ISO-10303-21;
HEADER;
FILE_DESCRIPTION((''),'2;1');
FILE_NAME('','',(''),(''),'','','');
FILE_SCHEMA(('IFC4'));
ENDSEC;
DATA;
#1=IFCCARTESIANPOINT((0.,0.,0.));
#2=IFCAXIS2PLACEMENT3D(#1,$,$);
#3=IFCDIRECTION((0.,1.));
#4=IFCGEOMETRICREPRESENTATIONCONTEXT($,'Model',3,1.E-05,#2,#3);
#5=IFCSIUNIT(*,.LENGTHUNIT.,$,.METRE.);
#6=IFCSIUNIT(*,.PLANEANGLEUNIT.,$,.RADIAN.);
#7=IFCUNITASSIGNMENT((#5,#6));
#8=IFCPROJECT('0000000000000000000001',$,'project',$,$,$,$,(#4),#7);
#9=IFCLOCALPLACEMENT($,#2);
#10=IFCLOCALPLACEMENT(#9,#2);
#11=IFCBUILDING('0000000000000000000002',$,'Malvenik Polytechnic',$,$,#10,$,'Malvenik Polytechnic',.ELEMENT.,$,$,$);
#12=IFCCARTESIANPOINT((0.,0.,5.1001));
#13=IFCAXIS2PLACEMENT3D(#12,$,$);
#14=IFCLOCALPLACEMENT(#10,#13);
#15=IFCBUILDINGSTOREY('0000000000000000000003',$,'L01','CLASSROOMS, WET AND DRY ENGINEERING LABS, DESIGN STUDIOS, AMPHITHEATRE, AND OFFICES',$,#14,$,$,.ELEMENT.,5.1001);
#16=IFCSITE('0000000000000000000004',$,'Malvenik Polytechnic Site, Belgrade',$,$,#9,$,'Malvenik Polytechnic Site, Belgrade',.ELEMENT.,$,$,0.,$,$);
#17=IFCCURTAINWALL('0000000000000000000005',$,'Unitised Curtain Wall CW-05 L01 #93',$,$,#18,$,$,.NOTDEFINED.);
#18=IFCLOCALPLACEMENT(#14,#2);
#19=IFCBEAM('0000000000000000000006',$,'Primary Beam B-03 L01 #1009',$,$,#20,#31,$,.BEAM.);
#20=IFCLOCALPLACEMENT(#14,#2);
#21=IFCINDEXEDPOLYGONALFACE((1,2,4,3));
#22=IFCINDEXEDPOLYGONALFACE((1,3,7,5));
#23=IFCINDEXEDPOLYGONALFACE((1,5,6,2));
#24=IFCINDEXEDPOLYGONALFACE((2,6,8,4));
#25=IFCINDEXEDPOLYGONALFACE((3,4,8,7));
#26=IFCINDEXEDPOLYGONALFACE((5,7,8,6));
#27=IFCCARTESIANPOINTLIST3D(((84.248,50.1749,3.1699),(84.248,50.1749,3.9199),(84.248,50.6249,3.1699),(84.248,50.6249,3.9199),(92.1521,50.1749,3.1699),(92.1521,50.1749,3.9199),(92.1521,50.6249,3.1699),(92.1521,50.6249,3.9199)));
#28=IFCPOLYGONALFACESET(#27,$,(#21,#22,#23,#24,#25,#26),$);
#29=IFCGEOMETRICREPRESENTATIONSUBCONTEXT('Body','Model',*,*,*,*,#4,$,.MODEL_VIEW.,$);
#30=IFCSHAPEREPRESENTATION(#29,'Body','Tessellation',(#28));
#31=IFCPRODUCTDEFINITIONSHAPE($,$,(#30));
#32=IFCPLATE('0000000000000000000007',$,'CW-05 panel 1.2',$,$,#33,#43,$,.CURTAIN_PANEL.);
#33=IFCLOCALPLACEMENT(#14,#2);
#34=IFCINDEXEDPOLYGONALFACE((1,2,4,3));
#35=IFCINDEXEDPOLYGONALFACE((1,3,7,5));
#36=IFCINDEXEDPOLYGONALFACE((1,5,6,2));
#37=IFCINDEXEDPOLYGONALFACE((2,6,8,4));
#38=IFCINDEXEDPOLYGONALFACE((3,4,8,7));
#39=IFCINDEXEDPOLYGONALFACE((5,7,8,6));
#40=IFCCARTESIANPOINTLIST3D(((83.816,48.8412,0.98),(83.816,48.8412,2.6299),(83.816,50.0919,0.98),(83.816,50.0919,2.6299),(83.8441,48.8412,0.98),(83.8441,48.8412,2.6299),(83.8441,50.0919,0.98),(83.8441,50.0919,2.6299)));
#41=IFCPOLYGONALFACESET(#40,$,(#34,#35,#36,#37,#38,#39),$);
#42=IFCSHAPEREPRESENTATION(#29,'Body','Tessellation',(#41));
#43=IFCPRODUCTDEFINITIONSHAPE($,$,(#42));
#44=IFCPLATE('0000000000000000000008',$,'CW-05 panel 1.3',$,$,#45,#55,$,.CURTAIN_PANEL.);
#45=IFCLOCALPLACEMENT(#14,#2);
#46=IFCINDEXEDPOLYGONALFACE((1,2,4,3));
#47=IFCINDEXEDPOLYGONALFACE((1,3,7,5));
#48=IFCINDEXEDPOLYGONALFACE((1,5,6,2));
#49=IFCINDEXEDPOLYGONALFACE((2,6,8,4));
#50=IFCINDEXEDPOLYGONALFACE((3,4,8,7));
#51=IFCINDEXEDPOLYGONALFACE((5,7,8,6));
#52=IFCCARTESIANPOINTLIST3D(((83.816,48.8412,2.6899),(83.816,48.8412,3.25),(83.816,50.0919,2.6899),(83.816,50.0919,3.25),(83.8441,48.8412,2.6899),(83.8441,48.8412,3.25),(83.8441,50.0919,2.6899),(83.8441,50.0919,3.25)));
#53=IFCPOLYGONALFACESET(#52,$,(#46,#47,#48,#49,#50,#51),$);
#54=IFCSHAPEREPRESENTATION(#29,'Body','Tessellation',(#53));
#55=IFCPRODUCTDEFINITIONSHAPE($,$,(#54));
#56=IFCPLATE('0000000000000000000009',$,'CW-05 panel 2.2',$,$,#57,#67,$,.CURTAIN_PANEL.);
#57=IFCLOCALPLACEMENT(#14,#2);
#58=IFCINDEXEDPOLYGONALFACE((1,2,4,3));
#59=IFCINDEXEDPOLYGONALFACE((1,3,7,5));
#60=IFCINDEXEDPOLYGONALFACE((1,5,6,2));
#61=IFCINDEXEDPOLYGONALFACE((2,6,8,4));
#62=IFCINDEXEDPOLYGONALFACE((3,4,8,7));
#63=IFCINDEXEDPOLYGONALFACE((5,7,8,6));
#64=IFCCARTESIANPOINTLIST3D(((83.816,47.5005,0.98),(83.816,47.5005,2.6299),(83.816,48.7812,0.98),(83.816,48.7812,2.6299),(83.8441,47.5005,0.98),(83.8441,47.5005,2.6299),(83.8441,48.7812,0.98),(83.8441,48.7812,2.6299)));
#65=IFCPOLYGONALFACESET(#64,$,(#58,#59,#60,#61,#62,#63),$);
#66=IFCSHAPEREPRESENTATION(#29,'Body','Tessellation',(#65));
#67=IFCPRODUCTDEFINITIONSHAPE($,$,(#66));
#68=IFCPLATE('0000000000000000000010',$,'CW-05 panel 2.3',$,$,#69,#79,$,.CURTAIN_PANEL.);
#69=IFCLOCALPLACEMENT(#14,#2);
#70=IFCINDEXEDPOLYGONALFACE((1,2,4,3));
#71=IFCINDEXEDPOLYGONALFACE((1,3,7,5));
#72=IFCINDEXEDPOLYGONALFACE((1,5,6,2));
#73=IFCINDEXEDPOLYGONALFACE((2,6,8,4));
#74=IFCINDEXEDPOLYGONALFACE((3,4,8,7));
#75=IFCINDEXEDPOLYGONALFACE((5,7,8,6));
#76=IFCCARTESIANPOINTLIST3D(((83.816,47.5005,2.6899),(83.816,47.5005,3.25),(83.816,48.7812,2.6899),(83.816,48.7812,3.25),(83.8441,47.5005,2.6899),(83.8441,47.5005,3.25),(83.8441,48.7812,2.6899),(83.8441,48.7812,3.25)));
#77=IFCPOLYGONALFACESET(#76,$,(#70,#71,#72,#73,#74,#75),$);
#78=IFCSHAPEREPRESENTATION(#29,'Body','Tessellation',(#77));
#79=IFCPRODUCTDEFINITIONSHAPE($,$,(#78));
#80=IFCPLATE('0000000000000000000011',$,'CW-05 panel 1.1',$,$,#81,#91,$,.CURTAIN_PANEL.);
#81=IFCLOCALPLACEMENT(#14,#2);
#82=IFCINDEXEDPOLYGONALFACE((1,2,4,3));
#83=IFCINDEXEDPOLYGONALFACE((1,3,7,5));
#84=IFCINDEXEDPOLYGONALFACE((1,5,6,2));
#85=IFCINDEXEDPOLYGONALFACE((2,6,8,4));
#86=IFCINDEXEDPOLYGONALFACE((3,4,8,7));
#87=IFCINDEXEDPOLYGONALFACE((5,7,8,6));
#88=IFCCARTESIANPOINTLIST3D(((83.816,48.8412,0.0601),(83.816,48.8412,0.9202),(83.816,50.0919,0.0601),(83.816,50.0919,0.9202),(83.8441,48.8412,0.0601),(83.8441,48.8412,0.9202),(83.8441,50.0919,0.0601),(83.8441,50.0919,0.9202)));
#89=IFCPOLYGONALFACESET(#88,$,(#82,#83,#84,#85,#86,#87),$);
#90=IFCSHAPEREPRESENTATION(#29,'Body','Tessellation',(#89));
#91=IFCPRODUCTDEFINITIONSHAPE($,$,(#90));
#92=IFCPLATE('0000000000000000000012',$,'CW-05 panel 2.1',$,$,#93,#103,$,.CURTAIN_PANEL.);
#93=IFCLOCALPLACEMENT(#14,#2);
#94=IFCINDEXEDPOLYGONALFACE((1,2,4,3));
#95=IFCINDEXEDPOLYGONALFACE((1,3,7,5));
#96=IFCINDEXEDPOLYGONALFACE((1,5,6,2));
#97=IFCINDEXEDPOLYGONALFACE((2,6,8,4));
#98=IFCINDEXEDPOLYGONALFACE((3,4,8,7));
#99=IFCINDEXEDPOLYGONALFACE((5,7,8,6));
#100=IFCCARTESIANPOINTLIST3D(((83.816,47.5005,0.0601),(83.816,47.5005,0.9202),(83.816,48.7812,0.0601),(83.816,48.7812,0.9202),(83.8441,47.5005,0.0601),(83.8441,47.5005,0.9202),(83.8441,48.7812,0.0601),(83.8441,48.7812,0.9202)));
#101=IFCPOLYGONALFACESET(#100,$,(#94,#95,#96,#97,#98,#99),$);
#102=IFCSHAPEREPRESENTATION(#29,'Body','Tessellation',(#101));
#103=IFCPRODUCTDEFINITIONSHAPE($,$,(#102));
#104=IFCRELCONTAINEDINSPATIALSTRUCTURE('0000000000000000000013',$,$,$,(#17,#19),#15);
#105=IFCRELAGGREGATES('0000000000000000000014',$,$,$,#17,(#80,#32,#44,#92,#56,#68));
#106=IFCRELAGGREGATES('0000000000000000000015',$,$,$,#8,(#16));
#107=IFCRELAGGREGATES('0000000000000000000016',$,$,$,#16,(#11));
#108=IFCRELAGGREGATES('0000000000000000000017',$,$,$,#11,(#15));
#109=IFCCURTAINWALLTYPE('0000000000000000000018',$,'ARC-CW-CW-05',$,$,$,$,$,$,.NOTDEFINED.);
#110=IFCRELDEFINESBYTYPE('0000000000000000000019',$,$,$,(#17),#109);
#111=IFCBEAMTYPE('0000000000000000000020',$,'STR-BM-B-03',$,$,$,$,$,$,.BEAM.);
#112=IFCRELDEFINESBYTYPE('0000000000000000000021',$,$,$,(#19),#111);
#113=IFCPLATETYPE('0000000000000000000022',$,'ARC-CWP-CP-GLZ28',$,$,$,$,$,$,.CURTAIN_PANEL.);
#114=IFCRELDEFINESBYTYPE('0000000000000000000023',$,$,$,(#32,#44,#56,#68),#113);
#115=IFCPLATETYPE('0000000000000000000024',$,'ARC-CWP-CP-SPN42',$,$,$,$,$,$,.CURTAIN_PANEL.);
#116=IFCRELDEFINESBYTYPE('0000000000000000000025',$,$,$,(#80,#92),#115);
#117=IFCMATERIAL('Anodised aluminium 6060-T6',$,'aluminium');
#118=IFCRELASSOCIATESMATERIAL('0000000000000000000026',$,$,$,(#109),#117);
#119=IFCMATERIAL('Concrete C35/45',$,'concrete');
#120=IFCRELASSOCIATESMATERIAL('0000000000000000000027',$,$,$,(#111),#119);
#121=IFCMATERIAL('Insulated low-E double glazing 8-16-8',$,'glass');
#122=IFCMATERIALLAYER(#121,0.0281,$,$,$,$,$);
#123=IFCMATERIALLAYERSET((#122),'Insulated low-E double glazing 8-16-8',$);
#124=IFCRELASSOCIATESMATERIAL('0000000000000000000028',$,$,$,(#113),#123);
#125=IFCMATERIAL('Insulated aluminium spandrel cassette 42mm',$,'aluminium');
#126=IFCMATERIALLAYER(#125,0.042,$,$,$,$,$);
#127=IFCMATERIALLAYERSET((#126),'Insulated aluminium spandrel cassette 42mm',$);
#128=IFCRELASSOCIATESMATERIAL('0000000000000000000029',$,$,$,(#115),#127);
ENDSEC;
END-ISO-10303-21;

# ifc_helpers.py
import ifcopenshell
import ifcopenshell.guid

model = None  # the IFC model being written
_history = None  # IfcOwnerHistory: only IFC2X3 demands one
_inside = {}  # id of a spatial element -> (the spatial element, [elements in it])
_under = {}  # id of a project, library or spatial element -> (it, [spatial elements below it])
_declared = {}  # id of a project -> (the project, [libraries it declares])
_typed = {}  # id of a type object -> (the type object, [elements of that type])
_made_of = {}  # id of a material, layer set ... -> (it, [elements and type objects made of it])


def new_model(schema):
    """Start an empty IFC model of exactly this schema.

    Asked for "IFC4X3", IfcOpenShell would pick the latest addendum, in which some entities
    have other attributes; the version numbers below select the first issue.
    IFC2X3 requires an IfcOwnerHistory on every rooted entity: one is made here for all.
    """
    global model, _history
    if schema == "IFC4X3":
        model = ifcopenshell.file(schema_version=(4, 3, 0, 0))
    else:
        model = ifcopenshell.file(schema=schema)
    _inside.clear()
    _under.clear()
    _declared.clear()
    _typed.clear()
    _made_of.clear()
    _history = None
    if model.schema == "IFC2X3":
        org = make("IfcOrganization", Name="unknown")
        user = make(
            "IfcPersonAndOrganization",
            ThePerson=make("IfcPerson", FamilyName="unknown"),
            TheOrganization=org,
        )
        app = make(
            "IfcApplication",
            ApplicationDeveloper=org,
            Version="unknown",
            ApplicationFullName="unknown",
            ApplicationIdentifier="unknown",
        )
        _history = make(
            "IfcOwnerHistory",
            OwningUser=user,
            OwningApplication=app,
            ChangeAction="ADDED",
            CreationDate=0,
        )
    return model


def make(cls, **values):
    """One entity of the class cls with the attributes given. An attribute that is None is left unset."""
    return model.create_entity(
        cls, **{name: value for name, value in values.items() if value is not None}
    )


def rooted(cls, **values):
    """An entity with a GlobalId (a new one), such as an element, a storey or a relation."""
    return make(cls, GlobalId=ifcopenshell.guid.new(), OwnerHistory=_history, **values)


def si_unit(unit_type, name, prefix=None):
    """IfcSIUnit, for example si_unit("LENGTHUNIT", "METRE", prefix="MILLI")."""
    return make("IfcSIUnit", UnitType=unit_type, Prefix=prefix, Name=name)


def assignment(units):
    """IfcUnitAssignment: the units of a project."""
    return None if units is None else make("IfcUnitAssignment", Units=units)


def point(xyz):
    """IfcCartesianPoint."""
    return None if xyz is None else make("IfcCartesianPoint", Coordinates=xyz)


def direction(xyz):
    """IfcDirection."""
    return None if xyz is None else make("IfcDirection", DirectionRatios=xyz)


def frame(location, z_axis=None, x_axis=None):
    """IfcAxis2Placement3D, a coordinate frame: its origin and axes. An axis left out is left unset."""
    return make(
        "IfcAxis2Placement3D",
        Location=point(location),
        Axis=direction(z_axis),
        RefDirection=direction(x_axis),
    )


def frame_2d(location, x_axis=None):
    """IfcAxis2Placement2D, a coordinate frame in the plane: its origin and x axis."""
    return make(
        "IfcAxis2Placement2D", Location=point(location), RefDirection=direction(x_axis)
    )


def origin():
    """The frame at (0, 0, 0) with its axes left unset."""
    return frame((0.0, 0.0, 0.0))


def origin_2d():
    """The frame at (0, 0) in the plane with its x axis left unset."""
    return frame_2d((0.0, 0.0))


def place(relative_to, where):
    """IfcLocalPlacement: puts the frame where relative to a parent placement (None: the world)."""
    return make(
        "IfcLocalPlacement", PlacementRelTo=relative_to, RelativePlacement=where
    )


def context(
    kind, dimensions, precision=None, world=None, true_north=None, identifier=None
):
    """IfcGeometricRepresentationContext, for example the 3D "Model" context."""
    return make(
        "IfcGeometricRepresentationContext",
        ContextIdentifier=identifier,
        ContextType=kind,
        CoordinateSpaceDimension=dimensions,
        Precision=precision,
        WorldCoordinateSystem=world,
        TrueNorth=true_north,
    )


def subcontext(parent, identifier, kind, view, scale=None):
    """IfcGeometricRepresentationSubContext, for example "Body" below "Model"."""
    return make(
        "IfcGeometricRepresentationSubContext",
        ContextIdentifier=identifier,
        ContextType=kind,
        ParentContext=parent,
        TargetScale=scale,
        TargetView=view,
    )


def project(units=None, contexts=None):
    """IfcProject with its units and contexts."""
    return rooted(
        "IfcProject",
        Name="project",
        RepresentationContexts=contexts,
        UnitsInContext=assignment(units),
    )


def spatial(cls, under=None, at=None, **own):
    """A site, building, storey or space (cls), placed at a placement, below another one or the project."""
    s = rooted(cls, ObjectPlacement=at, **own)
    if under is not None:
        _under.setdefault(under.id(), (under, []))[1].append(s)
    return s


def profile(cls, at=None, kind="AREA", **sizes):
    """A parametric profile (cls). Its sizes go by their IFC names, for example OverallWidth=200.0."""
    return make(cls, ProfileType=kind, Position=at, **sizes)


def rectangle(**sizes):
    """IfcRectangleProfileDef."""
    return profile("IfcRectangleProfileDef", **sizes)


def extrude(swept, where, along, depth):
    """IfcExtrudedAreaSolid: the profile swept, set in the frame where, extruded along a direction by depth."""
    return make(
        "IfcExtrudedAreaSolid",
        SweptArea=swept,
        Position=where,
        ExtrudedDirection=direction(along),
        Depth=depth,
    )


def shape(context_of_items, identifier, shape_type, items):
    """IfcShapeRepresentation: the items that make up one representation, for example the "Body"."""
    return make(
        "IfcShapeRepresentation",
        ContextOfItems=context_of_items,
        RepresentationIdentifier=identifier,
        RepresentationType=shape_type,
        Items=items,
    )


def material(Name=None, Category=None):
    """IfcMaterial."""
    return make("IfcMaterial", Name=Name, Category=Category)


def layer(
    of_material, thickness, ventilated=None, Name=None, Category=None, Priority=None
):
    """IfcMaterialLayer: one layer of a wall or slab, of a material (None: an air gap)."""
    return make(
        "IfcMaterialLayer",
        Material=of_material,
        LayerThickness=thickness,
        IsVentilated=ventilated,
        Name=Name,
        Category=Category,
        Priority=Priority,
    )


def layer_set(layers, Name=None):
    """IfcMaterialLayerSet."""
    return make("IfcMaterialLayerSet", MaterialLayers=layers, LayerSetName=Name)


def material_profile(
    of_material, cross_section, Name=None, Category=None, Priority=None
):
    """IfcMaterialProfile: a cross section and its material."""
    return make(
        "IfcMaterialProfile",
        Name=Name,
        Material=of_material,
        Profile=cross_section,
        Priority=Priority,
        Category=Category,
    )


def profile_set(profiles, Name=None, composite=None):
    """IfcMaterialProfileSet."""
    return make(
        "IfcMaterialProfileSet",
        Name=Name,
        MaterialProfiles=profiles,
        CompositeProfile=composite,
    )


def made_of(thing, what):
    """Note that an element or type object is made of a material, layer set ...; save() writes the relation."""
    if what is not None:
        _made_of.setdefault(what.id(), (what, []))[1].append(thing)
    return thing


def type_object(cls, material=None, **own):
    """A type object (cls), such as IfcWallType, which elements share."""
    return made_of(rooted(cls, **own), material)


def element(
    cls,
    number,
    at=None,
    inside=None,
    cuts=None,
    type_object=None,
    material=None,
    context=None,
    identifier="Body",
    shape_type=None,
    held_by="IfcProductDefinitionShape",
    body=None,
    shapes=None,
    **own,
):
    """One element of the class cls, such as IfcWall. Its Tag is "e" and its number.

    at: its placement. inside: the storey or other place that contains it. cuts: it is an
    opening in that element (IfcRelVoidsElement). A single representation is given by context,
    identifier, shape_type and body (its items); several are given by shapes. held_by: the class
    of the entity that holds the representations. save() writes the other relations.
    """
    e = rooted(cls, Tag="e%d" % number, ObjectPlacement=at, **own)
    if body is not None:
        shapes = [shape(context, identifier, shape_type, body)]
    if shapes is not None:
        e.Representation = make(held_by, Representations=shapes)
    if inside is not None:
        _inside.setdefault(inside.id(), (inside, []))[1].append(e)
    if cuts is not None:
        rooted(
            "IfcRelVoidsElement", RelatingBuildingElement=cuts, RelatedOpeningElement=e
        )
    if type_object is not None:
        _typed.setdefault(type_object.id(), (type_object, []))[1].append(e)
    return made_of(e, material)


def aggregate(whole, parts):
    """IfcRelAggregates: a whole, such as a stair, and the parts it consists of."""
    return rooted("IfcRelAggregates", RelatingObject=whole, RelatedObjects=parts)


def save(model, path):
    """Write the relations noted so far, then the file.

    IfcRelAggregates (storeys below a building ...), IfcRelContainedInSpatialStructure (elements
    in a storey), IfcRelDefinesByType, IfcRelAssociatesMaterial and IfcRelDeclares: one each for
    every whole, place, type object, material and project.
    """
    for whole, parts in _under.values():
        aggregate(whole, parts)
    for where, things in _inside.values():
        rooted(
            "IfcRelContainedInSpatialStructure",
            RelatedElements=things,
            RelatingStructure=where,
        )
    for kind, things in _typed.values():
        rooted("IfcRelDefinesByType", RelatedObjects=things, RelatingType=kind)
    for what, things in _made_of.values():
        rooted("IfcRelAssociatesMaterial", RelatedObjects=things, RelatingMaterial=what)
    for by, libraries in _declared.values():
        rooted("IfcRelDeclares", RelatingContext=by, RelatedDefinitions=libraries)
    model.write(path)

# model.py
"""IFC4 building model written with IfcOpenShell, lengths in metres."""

from ifc_helpers import new_model, si_unit, direction, frame, origin, origin_2d, place, context, subcontext, project, spatial, rectangle, extrude, material, layer, layer_set, material_profile, profile_set, type_object, element, aggregate, save


model = new_model("IFC4")

# Units and contexts
model_context = context("Model", 3, precision=1e-05, world=origin(), true_north=direction((0.0, 1.0)))
body_context = subcontext(model_context, "Body", "Model", "MODEL_VIEW")
ifc_project = project(units=[si_unit("LENGTHUNIT", "METRE"), si_unit("PLANEANGLEUNIT", "RADIAN")], contexts=[model_context])

# Site, building, storey
site_placement = place(None, origin())
site = spatial("IfcSite", under=ifc_project, at=site_placement, Name="Malvenik Polytechnic Site, Belgrade", LongName="Malvenik Polytechnic Site, Belgrade", CompositionType="ELEMENT", RefElevation=0.0)
building_placement = place(site_placement, origin())
building = spatial("IfcBuilding", under=site, at=building_placement, Name="Malvenik Polytechnic", LongName="Malvenik Polytechnic", CompositionType="ELEMENT")
storey_placement = place(building_placement, frame((0.0, 0.0, 5.1001)))
storey = spatial("IfcBuildingStorey", under=building, at=storey_placement, Name="L01", Description="CLASSROOMS, WET AND DRY ENGINEERING LABS, DESIGN STUDIOS, AMPHITHEATRE, AND OFFICES", CompositionType="ELEMENT", Elevation=5.1001)

# Shared definitions
ifc_material_1 = material(Name="Concrete C35/45", Category="concrete")

# Curtain wall
ifc_material_2 = material(Name="Anodised aluminium 6060-T6", Category="aluminium")
curtain_wall_type = type_object("IfcCurtainWallType", Name="ARC-CW-CW-05", PredefinedType="NOTDEFINED", material=ifc_material_2)
curtain_wall_placement = place(storey_placement, origin())
curtain_wall = element("IfcCurtainWall", 1, at=curtain_wall_placement, inside=storey, type_object=curtain_wall_type, Name="Unitised Curtain Wall CW-05 L01 #93", PredefinedType="NOTDEFINED")

# Beam
ifc_material_profile_1 = material_profile(ifc_material_1, rectangle(XDim=0.45, YDim=0.75, at=origin_2d()), Name="RC BM 450x750")
ifc_profile_set_1 = profile_set([ifc_material_profile_1], Name="Concrete C35/45")
beam_type = type_object("IfcBeamType", Name="STR-BM-B-03", PredefinedType="BEAM", material=ifc_profile_set_1)
beam_placement = place(storey_placement, frame((84.248, 50.3999, 3.5449), z_axis=(1.0, 0.0, 0.0), x_axis=(0.0, 1.0, 0.0)))
element("IfcBeam", 2, at=beam_placement, inside=storey, type_object=beam_type, Name="Primary Beam B-03 L01 #1009", PredefinedType="BEAM", context=body_context, shape_type="SweptSolid", body=[
    extrude(rectangle(XDim=0.45, YDim=0.75, at=origin_2d()), origin(), (0.0, 0.0, 1.0), 7.9041),
])

# Plates
ifc_material_3 = material(Name="Insulated low-E double glazing 8-16-8", Category="glass")
ifc_layer_1 = layer(ifc_material_3, 0.0281)
ifc_layer_set_1 = layer_set([ifc_layer_1], Name="Insulated low-E double glazing 8-16-8")
plate_type_1 = type_object("IfcPlateType", Name="ARC-CWP-CP-GLZ28", PredefinedType="CURTAIN_PANEL", material=ifc_layer_set_1)
plate_1_placement = place(storey_placement, frame((83.8301, 49.4666, 0.98), z_axis=(0.0, 0.0, 1.0), x_axis=(0.0, -1.0, 0.0)))
plate_1 = element("IfcPlate", 3, at=plate_1_placement, type_object=plate_type_1, Name="CW-05 panel 1.2", PredefinedType="CURTAIN_PANEL", context=body_context, shape_type="SweptSolid", body=[
    extrude(rectangle(XDim=1.2507, YDim=0.0281, at=origin_2d()), origin(), (0.0, 0.0, 1.0), 1.6499),
])
plate_2_placement = place(storey_placement, frame((83.8301, 49.4666, 2.6899), z_axis=(0.0, 0.0, 1.0), x_axis=(0.0, -1.0, 0.0)))
plate_2 = element("IfcPlate", 4, at=plate_2_placement, type_object=plate_type_1, Name="CW-05 panel 1.3", PredefinedType="CURTAIN_PANEL", context=body_context, shape_type="SweptSolid", body=[
    extrude(rectangle(XDim=1.2507, YDim=0.0281, at=origin_2d()), origin(), (0.0, 0.0, 1.0), 0.5601),
])
plate_3_placement = place(storey_placement, frame((83.8301, 48.1409, 0.98), z_axis=(0.0, 0.0, 1.0), x_axis=(0.0, -1.0, 0.0)))
plate_3 = element("IfcPlate", 5, at=plate_3_placement, type_object=plate_type_1, Name="CW-05 panel 2.2", PredefinedType="CURTAIN_PANEL", context=body_context, shape_type="SweptSolid", body=[
    extrude(rectangle(XDim=1.2808, YDim=0.0281, at=origin_2d()), origin(), (0.0, 0.0, 1.0), 1.6499),
])
plate_4_placement = place(storey_placement, frame((83.8301, 48.1409, 2.6899), z_axis=(0.0, 0.0, 1.0), x_axis=(0.0, -1.0, 0.0)))
plate_4 = element("IfcPlate", 6, at=plate_4_placement, type_object=plate_type_1, Name="CW-05 panel 2.3", PredefinedType="CURTAIN_PANEL", context=body_context, shape_type="SweptSolid", body=[
    extrude(rectangle(XDim=1.2808, YDim=0.0281, at=origin_2d()), origin(), (0.0, 0.0, 1.0), 0.5601),
])
ifc_material_4 = material(Name="Insulated aluminium spandrel cassette 42mm", Category="aluminium")
ifc_layer_2 = layer(ifc_material_4, 0.042)
ifc_layer_set_2 = layer_set([ifc_layer_2], Name="Insulated aluminium spandrel cassette 42mm")
plate_type_2 = type_object("IfcPlateType", Name="ARC-CWP-CP-SPN42", PredefinedType="CURTAIN_PANEL", material=ifc_layer_set_2)
plate_5_placement = place(storey_placement, frame((83.8301, 49.4666, 0.0601), z_axis=(0.0, 0.0, 1.0), x_axis=(0.0, -1.0, 0.0)))
plate_5 = element("IfcPlate", 7, at=plate_5_placement, type_object=plate_type_2, Name="CW-05 panel 1.1", PredefinedType="CURTAIN_PANEL", context=body_context, shape_type="SweptSolid", body=[
    extrude(rectangle(XDim=1.2507, YDim=0.0281, at=origin_2d()), origin(), (0.0, 0.0, 1.0), 0.8601),
])
plate_6_placement = place(storey_placement, frame((83.8301, 48.1409, 0.0601), z_axis=(0.0, 0.0, 1.0), x_axis=(0.0, -1.0, 0.0)))
plate_6 = element("IfcPlate", 8, at=plate_6_placement, type_object=plate_type_2, Name="CW-05 panel 2.1", PredefinedType="CURTAIN_PANEL", context=body_context, shape_type="SweptSolid", body=[
    extrude(rectangle(XDim=1.2808, YDim=0.0281, at=origin_2d()), origin(), (0.0, 0.0, 1.0), 0.8601),
])
aggregate(curtain_wall, [plate_5, plate_1, plate_2, plate_6, plate_3, plate_4])

save(model, "model.ifc")
